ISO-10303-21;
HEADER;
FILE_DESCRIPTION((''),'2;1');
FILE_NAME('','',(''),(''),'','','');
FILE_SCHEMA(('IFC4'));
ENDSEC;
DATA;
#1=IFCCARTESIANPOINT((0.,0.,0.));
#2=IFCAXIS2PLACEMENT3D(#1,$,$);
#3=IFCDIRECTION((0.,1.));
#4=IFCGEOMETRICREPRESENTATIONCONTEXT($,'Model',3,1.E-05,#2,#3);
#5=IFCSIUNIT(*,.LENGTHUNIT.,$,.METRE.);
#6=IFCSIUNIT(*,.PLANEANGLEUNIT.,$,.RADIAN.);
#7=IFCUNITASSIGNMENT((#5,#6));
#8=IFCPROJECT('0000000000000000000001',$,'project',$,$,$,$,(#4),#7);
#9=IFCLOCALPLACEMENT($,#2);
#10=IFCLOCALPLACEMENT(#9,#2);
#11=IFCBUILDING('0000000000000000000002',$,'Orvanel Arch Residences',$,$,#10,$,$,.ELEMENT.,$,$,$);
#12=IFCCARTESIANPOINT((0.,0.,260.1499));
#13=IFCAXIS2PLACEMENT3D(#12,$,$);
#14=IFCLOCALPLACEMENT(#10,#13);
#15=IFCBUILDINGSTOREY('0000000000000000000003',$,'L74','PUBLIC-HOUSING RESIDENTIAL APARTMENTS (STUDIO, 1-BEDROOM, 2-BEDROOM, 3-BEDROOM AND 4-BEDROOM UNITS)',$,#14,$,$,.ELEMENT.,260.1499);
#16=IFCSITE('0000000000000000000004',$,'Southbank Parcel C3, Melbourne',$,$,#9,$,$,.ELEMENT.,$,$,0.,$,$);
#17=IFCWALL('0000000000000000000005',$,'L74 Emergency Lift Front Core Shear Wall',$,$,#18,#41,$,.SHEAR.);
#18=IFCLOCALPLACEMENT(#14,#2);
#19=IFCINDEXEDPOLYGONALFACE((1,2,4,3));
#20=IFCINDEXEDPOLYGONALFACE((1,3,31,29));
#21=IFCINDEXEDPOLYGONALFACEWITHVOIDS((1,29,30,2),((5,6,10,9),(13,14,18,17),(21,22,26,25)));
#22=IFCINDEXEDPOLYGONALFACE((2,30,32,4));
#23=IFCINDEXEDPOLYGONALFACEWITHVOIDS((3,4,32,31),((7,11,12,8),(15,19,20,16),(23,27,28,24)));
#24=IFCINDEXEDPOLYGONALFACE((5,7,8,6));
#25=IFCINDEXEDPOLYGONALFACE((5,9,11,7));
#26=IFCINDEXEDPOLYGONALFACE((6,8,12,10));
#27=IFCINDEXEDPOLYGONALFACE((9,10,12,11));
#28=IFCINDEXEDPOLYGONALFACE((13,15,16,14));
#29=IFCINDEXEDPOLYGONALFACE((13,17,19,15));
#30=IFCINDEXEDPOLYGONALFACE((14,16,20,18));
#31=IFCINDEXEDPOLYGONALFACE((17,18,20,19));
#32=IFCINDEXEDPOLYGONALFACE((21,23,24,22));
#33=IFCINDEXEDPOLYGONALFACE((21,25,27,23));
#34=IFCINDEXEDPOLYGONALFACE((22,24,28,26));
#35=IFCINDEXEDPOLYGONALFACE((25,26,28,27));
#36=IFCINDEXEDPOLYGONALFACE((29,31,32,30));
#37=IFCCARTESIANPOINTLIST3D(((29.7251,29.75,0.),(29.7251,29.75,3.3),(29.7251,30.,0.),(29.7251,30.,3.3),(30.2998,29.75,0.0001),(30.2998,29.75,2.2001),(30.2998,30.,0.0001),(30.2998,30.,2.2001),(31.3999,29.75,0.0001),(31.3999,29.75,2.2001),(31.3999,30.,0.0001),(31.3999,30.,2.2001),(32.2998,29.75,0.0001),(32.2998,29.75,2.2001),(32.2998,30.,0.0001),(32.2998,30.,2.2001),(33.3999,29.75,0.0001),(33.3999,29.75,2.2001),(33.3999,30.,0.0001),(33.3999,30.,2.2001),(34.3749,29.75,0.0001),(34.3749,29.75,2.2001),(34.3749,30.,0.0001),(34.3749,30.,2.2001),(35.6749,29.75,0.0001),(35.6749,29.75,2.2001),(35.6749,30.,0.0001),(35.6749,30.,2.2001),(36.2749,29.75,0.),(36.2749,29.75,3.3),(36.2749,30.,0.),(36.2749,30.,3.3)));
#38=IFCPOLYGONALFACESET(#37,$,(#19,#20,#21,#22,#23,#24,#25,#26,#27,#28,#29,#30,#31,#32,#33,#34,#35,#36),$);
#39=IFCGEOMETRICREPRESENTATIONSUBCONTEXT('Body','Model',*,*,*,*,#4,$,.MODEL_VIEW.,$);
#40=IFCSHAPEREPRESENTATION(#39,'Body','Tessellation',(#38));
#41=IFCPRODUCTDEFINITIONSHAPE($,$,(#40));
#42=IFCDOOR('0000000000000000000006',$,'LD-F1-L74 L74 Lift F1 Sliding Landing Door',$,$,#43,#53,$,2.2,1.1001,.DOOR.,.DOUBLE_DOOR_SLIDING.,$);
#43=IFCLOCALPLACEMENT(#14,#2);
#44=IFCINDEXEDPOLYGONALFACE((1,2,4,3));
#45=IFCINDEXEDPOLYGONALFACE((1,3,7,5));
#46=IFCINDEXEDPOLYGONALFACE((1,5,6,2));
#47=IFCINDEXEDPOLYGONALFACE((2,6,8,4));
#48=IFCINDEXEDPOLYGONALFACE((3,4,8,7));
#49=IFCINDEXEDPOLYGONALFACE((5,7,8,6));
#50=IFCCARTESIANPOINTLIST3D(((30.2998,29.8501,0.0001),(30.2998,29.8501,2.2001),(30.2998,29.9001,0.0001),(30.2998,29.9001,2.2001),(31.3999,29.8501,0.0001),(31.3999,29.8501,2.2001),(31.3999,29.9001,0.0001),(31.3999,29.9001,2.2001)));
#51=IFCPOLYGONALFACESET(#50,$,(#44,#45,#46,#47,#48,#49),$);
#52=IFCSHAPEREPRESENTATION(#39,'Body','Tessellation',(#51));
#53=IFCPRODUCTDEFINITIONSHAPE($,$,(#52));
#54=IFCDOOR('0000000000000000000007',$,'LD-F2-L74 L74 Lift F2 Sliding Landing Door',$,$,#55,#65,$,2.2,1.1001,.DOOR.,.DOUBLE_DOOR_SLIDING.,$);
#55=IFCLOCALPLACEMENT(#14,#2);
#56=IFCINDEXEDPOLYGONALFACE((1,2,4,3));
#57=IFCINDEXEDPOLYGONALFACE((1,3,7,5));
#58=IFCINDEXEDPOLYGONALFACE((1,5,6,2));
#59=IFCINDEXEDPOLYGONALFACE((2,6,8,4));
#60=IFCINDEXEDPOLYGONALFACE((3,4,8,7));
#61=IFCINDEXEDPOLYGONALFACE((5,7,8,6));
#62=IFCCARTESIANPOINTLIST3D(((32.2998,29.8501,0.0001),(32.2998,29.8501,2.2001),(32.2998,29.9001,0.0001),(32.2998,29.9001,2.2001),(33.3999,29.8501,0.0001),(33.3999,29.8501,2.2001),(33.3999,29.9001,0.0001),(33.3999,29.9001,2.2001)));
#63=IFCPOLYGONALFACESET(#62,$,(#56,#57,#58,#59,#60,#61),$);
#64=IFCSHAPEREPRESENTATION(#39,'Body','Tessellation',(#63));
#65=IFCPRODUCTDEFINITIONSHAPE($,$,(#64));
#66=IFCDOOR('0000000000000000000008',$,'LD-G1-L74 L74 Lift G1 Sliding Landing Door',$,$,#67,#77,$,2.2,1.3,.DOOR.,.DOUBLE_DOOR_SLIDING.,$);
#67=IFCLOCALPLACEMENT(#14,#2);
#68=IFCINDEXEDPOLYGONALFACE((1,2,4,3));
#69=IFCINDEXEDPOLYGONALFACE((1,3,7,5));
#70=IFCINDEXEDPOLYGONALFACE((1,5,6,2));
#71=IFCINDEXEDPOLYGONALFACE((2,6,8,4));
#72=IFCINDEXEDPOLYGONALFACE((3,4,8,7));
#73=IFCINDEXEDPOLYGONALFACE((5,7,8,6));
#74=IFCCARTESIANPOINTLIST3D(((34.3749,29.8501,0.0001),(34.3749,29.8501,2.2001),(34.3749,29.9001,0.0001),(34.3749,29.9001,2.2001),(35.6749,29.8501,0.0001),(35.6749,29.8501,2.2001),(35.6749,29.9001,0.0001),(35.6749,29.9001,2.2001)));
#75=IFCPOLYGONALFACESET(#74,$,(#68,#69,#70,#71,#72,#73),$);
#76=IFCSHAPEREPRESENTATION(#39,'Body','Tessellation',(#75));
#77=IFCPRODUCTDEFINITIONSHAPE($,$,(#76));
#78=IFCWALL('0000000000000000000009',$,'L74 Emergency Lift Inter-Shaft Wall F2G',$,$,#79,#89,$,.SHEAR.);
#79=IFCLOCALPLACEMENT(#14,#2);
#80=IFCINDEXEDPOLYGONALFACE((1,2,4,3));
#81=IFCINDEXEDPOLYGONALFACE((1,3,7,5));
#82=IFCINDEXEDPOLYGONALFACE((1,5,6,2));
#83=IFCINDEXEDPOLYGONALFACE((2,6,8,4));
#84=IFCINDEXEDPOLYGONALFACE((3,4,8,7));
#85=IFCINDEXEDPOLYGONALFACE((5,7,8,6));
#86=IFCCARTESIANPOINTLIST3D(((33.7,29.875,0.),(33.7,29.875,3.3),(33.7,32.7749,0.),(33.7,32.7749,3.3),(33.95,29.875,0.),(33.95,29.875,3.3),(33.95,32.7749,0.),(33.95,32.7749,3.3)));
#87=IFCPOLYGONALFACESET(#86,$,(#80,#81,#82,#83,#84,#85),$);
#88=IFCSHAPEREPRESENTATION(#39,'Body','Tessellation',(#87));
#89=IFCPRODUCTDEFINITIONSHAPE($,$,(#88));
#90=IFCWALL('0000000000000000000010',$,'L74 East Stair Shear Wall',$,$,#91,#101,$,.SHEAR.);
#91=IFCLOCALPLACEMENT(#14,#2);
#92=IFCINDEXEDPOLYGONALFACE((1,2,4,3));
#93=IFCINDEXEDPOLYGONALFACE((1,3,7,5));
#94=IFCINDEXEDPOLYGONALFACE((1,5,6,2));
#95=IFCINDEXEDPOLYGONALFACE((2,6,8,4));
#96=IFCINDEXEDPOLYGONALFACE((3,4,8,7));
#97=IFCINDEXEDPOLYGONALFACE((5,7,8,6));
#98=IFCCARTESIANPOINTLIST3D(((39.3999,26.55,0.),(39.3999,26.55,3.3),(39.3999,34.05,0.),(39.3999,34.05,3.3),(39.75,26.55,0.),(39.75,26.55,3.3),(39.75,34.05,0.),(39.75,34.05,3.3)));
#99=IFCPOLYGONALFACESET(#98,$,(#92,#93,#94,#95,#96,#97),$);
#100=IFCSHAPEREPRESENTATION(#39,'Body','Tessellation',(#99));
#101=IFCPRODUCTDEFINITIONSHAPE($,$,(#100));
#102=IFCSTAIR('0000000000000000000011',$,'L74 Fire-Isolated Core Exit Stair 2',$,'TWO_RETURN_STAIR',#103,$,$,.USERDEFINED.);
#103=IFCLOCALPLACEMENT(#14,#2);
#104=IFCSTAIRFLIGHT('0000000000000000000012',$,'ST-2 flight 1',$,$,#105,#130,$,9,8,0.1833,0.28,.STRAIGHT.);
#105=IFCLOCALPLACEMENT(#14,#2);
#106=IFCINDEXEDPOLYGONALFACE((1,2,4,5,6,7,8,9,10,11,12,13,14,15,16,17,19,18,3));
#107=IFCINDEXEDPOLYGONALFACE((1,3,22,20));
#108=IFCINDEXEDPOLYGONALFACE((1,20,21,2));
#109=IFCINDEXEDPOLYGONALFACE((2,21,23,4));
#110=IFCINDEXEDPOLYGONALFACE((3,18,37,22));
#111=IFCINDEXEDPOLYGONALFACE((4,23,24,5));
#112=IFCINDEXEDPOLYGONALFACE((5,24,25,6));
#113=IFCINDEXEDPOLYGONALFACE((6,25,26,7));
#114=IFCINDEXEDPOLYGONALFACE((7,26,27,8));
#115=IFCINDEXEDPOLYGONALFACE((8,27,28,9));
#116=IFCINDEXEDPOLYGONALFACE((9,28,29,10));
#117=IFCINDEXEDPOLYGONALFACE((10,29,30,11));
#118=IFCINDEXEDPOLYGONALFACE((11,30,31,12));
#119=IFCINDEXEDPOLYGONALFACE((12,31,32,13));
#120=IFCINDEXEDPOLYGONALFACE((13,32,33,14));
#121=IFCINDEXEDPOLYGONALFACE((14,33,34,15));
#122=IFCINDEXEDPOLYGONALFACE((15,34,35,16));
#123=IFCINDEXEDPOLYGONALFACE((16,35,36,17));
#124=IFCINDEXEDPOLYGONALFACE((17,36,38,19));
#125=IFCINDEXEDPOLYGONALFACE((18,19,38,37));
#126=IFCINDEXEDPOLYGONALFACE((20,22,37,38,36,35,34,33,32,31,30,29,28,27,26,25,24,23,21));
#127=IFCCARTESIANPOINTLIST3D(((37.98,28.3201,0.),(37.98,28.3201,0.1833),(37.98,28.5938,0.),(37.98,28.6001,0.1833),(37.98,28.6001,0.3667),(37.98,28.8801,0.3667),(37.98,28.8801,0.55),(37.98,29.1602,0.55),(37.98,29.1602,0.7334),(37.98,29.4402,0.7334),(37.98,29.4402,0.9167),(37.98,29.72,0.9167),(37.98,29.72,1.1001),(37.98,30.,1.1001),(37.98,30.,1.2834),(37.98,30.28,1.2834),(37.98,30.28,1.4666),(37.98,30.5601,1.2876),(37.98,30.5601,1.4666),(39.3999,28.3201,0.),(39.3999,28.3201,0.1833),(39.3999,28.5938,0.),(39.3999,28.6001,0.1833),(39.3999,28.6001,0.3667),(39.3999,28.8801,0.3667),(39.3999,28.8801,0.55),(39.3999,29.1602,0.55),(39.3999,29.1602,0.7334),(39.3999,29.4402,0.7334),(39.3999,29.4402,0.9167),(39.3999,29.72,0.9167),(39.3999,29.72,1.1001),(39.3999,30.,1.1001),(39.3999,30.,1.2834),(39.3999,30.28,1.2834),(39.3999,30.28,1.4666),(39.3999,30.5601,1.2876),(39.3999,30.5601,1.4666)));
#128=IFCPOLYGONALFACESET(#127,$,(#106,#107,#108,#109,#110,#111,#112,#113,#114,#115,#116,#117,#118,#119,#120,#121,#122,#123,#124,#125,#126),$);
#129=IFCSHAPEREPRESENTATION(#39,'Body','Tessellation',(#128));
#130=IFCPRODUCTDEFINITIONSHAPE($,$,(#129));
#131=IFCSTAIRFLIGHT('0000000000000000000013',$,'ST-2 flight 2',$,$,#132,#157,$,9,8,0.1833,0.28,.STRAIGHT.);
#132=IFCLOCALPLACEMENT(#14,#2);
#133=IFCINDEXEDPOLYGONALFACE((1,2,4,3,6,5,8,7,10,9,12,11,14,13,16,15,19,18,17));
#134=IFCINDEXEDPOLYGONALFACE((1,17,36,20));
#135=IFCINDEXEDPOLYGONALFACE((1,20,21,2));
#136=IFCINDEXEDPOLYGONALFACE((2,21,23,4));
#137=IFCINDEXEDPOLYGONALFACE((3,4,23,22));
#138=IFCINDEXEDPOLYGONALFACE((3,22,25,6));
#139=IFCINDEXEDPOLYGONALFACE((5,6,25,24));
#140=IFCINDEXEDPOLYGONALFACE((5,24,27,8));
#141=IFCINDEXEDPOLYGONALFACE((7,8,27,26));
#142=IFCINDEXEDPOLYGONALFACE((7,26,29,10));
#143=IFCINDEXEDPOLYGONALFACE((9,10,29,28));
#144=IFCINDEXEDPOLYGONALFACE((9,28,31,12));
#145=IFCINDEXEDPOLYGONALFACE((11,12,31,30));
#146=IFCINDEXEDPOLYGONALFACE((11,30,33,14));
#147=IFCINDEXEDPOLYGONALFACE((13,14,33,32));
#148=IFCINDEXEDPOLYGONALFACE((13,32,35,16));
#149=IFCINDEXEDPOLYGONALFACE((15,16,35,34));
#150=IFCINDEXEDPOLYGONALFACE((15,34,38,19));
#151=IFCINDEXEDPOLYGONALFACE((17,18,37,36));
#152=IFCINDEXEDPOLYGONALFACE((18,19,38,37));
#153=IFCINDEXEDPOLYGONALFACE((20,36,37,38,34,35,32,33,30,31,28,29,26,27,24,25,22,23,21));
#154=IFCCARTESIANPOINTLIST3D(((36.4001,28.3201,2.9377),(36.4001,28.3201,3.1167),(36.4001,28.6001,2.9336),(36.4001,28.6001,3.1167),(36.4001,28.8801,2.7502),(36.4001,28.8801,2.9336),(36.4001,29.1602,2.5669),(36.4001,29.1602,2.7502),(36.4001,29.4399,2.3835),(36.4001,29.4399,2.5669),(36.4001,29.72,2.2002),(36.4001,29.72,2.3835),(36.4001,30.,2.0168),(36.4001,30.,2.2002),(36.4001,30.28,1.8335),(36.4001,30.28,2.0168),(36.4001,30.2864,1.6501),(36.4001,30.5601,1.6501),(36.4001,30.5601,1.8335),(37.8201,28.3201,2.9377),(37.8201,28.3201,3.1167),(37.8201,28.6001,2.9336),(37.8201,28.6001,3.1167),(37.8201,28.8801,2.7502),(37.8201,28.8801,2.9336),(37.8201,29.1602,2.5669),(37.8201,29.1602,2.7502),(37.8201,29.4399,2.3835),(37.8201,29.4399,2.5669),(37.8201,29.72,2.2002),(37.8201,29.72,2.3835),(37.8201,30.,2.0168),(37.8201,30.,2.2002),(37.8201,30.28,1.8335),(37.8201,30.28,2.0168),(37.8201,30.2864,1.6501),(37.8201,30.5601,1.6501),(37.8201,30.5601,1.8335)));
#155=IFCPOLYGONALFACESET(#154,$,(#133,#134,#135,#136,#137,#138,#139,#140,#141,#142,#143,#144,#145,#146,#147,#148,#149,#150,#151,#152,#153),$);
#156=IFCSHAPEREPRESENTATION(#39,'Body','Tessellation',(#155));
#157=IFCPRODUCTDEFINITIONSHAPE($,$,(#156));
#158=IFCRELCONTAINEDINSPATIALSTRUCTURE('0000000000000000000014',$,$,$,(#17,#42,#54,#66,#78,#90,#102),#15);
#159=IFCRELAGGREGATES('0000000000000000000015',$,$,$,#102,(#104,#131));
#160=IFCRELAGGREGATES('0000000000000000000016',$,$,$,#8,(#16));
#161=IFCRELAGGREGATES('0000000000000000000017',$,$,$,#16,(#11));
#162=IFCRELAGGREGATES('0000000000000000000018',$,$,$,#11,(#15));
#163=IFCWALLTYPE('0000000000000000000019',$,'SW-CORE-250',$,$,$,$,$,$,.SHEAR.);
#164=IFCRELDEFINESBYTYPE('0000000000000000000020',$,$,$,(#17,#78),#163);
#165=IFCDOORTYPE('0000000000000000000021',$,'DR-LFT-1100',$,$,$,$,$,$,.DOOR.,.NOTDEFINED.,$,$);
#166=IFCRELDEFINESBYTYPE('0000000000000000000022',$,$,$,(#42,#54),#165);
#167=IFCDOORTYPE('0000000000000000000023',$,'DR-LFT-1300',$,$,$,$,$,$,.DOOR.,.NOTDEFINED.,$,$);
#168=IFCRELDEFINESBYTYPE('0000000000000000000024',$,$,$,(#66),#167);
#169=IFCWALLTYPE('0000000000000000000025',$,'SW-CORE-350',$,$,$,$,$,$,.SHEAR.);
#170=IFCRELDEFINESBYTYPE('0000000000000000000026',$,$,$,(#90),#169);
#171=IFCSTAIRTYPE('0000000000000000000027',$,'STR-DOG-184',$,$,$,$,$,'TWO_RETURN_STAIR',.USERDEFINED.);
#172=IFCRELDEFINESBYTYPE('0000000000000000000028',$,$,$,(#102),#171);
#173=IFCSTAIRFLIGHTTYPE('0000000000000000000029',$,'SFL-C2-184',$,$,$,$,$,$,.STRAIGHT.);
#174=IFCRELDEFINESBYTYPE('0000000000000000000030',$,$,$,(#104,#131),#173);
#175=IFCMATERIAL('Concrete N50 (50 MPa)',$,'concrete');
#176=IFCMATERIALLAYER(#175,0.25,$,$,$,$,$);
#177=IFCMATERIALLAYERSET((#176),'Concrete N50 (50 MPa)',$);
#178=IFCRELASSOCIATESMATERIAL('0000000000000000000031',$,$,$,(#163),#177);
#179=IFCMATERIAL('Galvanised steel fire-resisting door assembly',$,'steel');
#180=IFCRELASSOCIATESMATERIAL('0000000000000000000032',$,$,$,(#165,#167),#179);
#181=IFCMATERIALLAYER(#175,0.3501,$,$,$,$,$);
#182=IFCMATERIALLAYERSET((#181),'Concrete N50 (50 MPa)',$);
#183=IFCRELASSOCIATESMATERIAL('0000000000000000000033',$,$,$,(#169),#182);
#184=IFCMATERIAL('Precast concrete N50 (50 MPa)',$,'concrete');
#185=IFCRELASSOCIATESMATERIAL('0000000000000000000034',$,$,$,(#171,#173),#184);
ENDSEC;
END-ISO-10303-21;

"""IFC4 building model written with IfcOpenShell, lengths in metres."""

from ifc_helpers import new_model, si_unit, direction, frame, frame_2d, origin, place, context, subcontext, project, spatial, polyline, rectangle, outline, extrude, material, layer, layer_set, type_object, element, fill, aggregate, save


model = new_model("IFC4")

# Units and contexts
model_context = context("Model", 3, precision=1e-05, world=origin(), true_north=direction((0.0, 1.0)))
body_context = subcontext(model_context, "Body", "Model", "MODEL_VIEW")
ifc_project = project(units=[si_unit("LENGTHUNIT", "METRE"), si_unit("PLANEANGLEUNIT", "RADIAN")], contexts=[model_context])

# Site, building, storey
site_placement = place(None, origin())
site = spatial("IfcSite", under=ifc_project, at=site_placement, Name="Southbank Parcel C3, Melbourne", CompositionType="ELEMENT", RefElevation=0.0)
building_placement = place(site_placement, origin())
building = spatial("IfcBuilding", under=site, at=building_placement, Name="Orvanel Arch Residences", CompositionType="ELEMENT")
storey_placement = place(building_placement, frame((0.0, 0.0, 260.1499)))
storey = spatial("IfcBuildingStorey", under=building, at=storey_placement, Name="L74", Description="PUBLIC-HOUSING RESIDENTIAL APARTMENTS (STUDIO, 1-BEDROOM, 2-BEDROOM, 3-BEDROOM AND 4-BEDROOM UNITS)", CompositionType="ELEMENT", Elevation=260.1499)

# Shared definitions
ifc_material_1 = material(Name="Concrete N50 (50 MPa)", Category="concrete")
ifc_layer_1 = layer(ifc_material_1, 0.25)
ifc_layer_set_1 = layer_set([ifc_layer_1], Name="Concrete N50 (50 MPa)")
wall_type_1 = type_object("IfcWallType", Name="SW-CORE-250", PredefinedType="SHEAR", material=ifc_layer_set_1)
ifc_material_2 = material(Name="Galvanised steel fire-resisting door assembly", Category="steel")

# Wall, openings, doors
wall_1_placement = place(storey_placement, frame((36.2749, 29.875, 0.0), z_axis=(0.0, 0.0, 1.0), x_axis=(-1.0, 0.0, 0.0)))
wall_1 = element("IfcWall", 1, at=wall_1_placement, inside=storey, type_object=wall_type_1, Name="L74 Emergency Lift Front Core Shear Wall", PredefinedType="SHEAR", context=body_context, shape_type="SweptSolid", body=[
    extrude(rectangle(XDim=6.5498, YDim=0.25, at=frame_2d((3.2749, 0.0))), origin(), (0.0, 0.0, 1.0), 3.3),
])
opening_1_placement = place(wall_1_placement, frame((4.875, 0.0, 0.0)))
opening_1 = element("IfcOpeningElement", 2, at=opening_1_placement, cuts=wall_1, PredefinedType="OPENING", context=body_context, shape_type="SweptSolid", body=[
    extrude(rectangle(XDim=1.1001, YDim=2.2, at=frame_2d((0.55, 1.1001))), frame((0.0, 0.135, 0.0), z_axis=(0.0, -1.0, 0.0), x_axis=(1.0, 0.0, 0.0)), (0.0, 0.0, 1.0), 0.27),
])
opening_2_placement = place(wall_1_placement, frame((2.875, 0.0, 0.0)))
opening_2 = element("IfcOpeningElement", 3, at=opening_2_placement, cuts=wall_1, PredefinedType="OPENING", context=body_context, shape_type="SweptSolid", body=[
    extrude(rectangle(XDim=1.1001, YDim=2.2, at=frame_2d((0.55, 1.1001))), frame((0.0, 0.135, 0.0), z_axis=(0.0, -1.0, 0.0), x_axis=(1.0, 0.0, 0.0)), (0.0, 0.0, 1.0), 0.27),
])
opening_3_placement = place(wall_1_placement, frame((0.6001, 0.0, 0.0)))
opening_3 = element("IfcOpeningElement", 4, at=opening_3_placement, cuts=wall_1, PredefinedType="OPENING", context=body_context, shape_type="SweptSolid", body=[
    extrude(rectangle(XDim=1.3, YDim=2.2, at=frame_2d((0.6499, 1.1001))), frame((0.0, 0.135, 0.0), z_axis=(0.0, -1.0, 0.0), x_axis=(1.0, 0.0, 0.0)), (0.0, 0.0, 1.0), 0.27),
])
door_type_1 = type_object("IfcDoorType", Name="DR-LFT-1100", OperationType="NOTDEFINED", PredefinedType="DOOR", material=ifc_material_2)
door_1_placement = place(opening_1_placement, origin())
door_1 = element("IfcDoor", 5, at=door_1_placement, inside=storey, type_object=door_type_1, Name="LD-F1-L74 L74 Lift F1 Sliding Landing Door", OperationType="DOUBLE_DOOR_SLIDING", OverallHeight=2.2, OverallWidth=1.1001, PredefinedType="DOOR", context=body_context, shape_type="SweptSolid", body=[
    extrude(rectangle(XDim=1.1001, YDim=2.2, at=frame_2d((0.55, 1.1001))), frame((0.0, 0.0249, 0.0), z_axis=(0.0, -1.0, 0.0), x_axis=(1.0, 0.0, 0.0)), (0.0, 0.0, 1.0), 0.05),
])
fill(opening_1, door_1)
door_2_placement = place(opening_2_placement, origin())
door_2 = element("IfcDoor", 6, at=door_2_placement, inside=storey, type_object=door_type_1, Name="LD-F2-L74 L74 Lift F2 Sliding Landing Door", OperationType="DOUBLE_DOOR_SLIDING", OverallHeight=2.2, OverallWidth=1.1001, PredefinedType="DOOR", context=body_context, shape_type="SweptSolid", body=[
    extrude(rectangle(XDim=1.1001, YDim=2.2, at=frame_2d((0.55, 1.1001))), frame((0.0, 0.0249, 0.0), z_axis=(0.0, -1.0, 0.0), x_axis=(1.0, 0.0, 0.0)), (0.0, 0.0, 1.0), 0.05),
])
fill(opening_2, door_2)
door_type_2 = type_object("IfcDoorType", Name="DR-LFT-1300", OperationType="NOTDEFINED", PredefinedType="DOOR", material=ifc_material_2)
door_3_placement = place(opening_3_placement, origin())
door_3 = element("IfcDoor", 7, at=door_3_placement, inside=storey, type_object=door_type_2, Name="LD-G1-L74 L74 Lift G1 Sliding Landing Door", OperationType="DOUBLE_DOOR_SLIDING", OverallHeight=2.2, OverallWidth=1.3, PredefinedType="DOOR", context=body_context, shape_type="SweptSolid", body=[
    extrude(rectangle(XDim=1.3, YDim=2.2, at=frame_2d((0.6499, 1.1001))), frame((0.0, 0.0249, 0.0), z_axis=(0.0, -1.0, 0.0), x_axis=(1.0, 0.0, 0.0)), (0.0, 0.0, 1.0), 0.05),
])
fill(opening_3, door_3)

# Walls
wall_2_placement = place(storey_placement, frame((33.825, 29.875, 0.0), z_axis=(0.0, 0.0, 1.0), x_axis=(0.0, 1.0, 0.0)))
element("IfcWall", 8, at=wall_2_placement, inside=storey, type_object=wall_type_1, Name="L74 Emergency Lift Inter-Shaft Wall F2G", PredefinedType="SHEAR", context=body_context, shape_type="SweptSolid", body=[
    extrude(rectangle(XDim=2.8999, YDim=0.25, at=frame_2d((1.45, 0.0))), origin(), (0.0, 0.0, 1.0), 3.3),
])
ifc_layer_2 = layer(ifc_material_1, 0.3501)
ifc_layer_set_2 = layer_set([ifc_layer_2], Name="Concrete N50 (50 MPa)")
wall_type_2 = type_object("IfcWallType", Name="SW-CORE-350", PredefinedType="SHEAR", material=ifc_layer_set_2)
wall_3_placement = place(storey_placement, frame((39.575, 26.55, 0.0), z_axis=(0.0, 0.0, 1.0), x_axis=(0.0, 1.0, 0.0)))
element("IfcWall", 9, at=wall_3_placement, inside=storey, type_object=wall_type_2, Name="L74 East Stair Shear Wall", PredefinedType="SHEAR", context=body_context, shape_type="SweptSolid", body=[
    extrude(rectangle(XDim=7.5, YDim=0.3501, at=frame_2d((3.75, 0.0))), origin(), (0.0, 0.0, 1.0), 3.3),
])

# Stair, stair flights
ifc_material_3 = material(Name="Precast concrete N50 (50 MPa)", Category="concrete")
stair_type = type_object("IfcStairType", Name="STR-DOG-184", ElementType="TWO_RETURN_STAIR", PredefinedType="USERDEFINED", material=ifc_material_3)
stair_placement = place(storey_placement, origin())
stair = element("IfcStair", 10, at=stair_placement, inside=storey, type_object=stair_type, Name="L74 Fire-Isolated Core Exit Stair 2", ObjectType="TWO_RETURN_STAIR", PredefinedType="USERDEFINED")
stair_flight_type = type_object("IfcStairFlightType", Name="SFL-C2-184", PredefinedType="STRAIGHT", material=ifc_material_3)
stair_flight_1_placement = place(storey_placement, frame((38.6899, 28.3201, 0.0), z_axis=(0.0, 0.0, 1.0), x_axis=(0.0, 1.0, 0.0)))
stair_flight_1 = element("IfcStairFlight", 11, at=stair_flight_1_placement, type_object=stair_flight_type, Name="ST-2 flight 1", NumberOfRisers=9, NumberOfTreads=8, PredefinedType="STRAIGHT", RiserHeight=0.1833, TreadLength=0.28, context=body_context, shape_type="SweptSolid", body=[
    extrude(outline(polyline([(0.0, 0.0), (0.0, 0.1833), (0.28, 0.1833), (0.28, 0.3667), (0.5601, 0.3667), (0.5601, 0.55), (0.8401, 0.55), (0.8401, 0.7334), (1.1201, 0.7334), (1.1201, 0.9167), (1.3999, 0.9167), (1.3999, 1.1001), (1.6799, 1.1001), (1.6799, 1.2834), (1.96, 1.2834), (1.96, 1.4666), (2.24, 1.4666), (2.24, 1.6499), (2.24, 1.2876), (0.2737, 0.0), (0.0, 0.0)])), frame((0.0, 0.71, 0.0), z_axis=(0.0, -1.0, 0.0), x_axis=(1.0, 0.0, 0.0)), (0.0, 0.0, 1.0), 1.4199),
])
stair_flight_2_placement = place(storey_placement, frame((37.1101, 30.5601, 1.6501), z_axis=(0.0, 0.0, 1.0), x_axis=(0.0, -1.0, 0.0)))
stair_flight_2 = element("IfcStairFlight", 12, at=stair_flight_2_placement, type_object=stair_flight_type, Name="ST-2 flight 2", NumberOfRisers=9, NumberOfTreads=8, PredefinedType="STRAIGHT", RiserHeight=0.1833, TreadLength=0.28, context=body_context, shape_type="SweptSolid", body=[
    extrude(outline(polyline([(0.0, 0.0), (0.0, 0.1833), (0.28, 0.1833), (0.28, 0.3667), (0.5601, 0.3667), (0.5601, 0.55), (0.8401, 0.55), (0.8401, 0.7334), (1.1201, 0.7334), (1.1201, 0.9167), (1.3999, 0.9167), (1.3999, 1.1001), (1.6799, 1.1001), (1.6799, 1.2834), (1.96, 1.2834), (1.96, 1.4666), (2.24, 1.4666), (2.24, 1.6499), (2.24, 1.2876), (0.2737, 0.0), (0.0, 0.0)])), frame((0.0, 0.71, 0.0), z_axis=(0.0, -1.0, 0.0), x_axis=(1.0, 0.0, 0.0)), (0.0, 0.0, 1.0), 1.4199),
])
aggregate(stair, [stair_flight_1, stair_flight_2])

save(model, "model.ifc")
